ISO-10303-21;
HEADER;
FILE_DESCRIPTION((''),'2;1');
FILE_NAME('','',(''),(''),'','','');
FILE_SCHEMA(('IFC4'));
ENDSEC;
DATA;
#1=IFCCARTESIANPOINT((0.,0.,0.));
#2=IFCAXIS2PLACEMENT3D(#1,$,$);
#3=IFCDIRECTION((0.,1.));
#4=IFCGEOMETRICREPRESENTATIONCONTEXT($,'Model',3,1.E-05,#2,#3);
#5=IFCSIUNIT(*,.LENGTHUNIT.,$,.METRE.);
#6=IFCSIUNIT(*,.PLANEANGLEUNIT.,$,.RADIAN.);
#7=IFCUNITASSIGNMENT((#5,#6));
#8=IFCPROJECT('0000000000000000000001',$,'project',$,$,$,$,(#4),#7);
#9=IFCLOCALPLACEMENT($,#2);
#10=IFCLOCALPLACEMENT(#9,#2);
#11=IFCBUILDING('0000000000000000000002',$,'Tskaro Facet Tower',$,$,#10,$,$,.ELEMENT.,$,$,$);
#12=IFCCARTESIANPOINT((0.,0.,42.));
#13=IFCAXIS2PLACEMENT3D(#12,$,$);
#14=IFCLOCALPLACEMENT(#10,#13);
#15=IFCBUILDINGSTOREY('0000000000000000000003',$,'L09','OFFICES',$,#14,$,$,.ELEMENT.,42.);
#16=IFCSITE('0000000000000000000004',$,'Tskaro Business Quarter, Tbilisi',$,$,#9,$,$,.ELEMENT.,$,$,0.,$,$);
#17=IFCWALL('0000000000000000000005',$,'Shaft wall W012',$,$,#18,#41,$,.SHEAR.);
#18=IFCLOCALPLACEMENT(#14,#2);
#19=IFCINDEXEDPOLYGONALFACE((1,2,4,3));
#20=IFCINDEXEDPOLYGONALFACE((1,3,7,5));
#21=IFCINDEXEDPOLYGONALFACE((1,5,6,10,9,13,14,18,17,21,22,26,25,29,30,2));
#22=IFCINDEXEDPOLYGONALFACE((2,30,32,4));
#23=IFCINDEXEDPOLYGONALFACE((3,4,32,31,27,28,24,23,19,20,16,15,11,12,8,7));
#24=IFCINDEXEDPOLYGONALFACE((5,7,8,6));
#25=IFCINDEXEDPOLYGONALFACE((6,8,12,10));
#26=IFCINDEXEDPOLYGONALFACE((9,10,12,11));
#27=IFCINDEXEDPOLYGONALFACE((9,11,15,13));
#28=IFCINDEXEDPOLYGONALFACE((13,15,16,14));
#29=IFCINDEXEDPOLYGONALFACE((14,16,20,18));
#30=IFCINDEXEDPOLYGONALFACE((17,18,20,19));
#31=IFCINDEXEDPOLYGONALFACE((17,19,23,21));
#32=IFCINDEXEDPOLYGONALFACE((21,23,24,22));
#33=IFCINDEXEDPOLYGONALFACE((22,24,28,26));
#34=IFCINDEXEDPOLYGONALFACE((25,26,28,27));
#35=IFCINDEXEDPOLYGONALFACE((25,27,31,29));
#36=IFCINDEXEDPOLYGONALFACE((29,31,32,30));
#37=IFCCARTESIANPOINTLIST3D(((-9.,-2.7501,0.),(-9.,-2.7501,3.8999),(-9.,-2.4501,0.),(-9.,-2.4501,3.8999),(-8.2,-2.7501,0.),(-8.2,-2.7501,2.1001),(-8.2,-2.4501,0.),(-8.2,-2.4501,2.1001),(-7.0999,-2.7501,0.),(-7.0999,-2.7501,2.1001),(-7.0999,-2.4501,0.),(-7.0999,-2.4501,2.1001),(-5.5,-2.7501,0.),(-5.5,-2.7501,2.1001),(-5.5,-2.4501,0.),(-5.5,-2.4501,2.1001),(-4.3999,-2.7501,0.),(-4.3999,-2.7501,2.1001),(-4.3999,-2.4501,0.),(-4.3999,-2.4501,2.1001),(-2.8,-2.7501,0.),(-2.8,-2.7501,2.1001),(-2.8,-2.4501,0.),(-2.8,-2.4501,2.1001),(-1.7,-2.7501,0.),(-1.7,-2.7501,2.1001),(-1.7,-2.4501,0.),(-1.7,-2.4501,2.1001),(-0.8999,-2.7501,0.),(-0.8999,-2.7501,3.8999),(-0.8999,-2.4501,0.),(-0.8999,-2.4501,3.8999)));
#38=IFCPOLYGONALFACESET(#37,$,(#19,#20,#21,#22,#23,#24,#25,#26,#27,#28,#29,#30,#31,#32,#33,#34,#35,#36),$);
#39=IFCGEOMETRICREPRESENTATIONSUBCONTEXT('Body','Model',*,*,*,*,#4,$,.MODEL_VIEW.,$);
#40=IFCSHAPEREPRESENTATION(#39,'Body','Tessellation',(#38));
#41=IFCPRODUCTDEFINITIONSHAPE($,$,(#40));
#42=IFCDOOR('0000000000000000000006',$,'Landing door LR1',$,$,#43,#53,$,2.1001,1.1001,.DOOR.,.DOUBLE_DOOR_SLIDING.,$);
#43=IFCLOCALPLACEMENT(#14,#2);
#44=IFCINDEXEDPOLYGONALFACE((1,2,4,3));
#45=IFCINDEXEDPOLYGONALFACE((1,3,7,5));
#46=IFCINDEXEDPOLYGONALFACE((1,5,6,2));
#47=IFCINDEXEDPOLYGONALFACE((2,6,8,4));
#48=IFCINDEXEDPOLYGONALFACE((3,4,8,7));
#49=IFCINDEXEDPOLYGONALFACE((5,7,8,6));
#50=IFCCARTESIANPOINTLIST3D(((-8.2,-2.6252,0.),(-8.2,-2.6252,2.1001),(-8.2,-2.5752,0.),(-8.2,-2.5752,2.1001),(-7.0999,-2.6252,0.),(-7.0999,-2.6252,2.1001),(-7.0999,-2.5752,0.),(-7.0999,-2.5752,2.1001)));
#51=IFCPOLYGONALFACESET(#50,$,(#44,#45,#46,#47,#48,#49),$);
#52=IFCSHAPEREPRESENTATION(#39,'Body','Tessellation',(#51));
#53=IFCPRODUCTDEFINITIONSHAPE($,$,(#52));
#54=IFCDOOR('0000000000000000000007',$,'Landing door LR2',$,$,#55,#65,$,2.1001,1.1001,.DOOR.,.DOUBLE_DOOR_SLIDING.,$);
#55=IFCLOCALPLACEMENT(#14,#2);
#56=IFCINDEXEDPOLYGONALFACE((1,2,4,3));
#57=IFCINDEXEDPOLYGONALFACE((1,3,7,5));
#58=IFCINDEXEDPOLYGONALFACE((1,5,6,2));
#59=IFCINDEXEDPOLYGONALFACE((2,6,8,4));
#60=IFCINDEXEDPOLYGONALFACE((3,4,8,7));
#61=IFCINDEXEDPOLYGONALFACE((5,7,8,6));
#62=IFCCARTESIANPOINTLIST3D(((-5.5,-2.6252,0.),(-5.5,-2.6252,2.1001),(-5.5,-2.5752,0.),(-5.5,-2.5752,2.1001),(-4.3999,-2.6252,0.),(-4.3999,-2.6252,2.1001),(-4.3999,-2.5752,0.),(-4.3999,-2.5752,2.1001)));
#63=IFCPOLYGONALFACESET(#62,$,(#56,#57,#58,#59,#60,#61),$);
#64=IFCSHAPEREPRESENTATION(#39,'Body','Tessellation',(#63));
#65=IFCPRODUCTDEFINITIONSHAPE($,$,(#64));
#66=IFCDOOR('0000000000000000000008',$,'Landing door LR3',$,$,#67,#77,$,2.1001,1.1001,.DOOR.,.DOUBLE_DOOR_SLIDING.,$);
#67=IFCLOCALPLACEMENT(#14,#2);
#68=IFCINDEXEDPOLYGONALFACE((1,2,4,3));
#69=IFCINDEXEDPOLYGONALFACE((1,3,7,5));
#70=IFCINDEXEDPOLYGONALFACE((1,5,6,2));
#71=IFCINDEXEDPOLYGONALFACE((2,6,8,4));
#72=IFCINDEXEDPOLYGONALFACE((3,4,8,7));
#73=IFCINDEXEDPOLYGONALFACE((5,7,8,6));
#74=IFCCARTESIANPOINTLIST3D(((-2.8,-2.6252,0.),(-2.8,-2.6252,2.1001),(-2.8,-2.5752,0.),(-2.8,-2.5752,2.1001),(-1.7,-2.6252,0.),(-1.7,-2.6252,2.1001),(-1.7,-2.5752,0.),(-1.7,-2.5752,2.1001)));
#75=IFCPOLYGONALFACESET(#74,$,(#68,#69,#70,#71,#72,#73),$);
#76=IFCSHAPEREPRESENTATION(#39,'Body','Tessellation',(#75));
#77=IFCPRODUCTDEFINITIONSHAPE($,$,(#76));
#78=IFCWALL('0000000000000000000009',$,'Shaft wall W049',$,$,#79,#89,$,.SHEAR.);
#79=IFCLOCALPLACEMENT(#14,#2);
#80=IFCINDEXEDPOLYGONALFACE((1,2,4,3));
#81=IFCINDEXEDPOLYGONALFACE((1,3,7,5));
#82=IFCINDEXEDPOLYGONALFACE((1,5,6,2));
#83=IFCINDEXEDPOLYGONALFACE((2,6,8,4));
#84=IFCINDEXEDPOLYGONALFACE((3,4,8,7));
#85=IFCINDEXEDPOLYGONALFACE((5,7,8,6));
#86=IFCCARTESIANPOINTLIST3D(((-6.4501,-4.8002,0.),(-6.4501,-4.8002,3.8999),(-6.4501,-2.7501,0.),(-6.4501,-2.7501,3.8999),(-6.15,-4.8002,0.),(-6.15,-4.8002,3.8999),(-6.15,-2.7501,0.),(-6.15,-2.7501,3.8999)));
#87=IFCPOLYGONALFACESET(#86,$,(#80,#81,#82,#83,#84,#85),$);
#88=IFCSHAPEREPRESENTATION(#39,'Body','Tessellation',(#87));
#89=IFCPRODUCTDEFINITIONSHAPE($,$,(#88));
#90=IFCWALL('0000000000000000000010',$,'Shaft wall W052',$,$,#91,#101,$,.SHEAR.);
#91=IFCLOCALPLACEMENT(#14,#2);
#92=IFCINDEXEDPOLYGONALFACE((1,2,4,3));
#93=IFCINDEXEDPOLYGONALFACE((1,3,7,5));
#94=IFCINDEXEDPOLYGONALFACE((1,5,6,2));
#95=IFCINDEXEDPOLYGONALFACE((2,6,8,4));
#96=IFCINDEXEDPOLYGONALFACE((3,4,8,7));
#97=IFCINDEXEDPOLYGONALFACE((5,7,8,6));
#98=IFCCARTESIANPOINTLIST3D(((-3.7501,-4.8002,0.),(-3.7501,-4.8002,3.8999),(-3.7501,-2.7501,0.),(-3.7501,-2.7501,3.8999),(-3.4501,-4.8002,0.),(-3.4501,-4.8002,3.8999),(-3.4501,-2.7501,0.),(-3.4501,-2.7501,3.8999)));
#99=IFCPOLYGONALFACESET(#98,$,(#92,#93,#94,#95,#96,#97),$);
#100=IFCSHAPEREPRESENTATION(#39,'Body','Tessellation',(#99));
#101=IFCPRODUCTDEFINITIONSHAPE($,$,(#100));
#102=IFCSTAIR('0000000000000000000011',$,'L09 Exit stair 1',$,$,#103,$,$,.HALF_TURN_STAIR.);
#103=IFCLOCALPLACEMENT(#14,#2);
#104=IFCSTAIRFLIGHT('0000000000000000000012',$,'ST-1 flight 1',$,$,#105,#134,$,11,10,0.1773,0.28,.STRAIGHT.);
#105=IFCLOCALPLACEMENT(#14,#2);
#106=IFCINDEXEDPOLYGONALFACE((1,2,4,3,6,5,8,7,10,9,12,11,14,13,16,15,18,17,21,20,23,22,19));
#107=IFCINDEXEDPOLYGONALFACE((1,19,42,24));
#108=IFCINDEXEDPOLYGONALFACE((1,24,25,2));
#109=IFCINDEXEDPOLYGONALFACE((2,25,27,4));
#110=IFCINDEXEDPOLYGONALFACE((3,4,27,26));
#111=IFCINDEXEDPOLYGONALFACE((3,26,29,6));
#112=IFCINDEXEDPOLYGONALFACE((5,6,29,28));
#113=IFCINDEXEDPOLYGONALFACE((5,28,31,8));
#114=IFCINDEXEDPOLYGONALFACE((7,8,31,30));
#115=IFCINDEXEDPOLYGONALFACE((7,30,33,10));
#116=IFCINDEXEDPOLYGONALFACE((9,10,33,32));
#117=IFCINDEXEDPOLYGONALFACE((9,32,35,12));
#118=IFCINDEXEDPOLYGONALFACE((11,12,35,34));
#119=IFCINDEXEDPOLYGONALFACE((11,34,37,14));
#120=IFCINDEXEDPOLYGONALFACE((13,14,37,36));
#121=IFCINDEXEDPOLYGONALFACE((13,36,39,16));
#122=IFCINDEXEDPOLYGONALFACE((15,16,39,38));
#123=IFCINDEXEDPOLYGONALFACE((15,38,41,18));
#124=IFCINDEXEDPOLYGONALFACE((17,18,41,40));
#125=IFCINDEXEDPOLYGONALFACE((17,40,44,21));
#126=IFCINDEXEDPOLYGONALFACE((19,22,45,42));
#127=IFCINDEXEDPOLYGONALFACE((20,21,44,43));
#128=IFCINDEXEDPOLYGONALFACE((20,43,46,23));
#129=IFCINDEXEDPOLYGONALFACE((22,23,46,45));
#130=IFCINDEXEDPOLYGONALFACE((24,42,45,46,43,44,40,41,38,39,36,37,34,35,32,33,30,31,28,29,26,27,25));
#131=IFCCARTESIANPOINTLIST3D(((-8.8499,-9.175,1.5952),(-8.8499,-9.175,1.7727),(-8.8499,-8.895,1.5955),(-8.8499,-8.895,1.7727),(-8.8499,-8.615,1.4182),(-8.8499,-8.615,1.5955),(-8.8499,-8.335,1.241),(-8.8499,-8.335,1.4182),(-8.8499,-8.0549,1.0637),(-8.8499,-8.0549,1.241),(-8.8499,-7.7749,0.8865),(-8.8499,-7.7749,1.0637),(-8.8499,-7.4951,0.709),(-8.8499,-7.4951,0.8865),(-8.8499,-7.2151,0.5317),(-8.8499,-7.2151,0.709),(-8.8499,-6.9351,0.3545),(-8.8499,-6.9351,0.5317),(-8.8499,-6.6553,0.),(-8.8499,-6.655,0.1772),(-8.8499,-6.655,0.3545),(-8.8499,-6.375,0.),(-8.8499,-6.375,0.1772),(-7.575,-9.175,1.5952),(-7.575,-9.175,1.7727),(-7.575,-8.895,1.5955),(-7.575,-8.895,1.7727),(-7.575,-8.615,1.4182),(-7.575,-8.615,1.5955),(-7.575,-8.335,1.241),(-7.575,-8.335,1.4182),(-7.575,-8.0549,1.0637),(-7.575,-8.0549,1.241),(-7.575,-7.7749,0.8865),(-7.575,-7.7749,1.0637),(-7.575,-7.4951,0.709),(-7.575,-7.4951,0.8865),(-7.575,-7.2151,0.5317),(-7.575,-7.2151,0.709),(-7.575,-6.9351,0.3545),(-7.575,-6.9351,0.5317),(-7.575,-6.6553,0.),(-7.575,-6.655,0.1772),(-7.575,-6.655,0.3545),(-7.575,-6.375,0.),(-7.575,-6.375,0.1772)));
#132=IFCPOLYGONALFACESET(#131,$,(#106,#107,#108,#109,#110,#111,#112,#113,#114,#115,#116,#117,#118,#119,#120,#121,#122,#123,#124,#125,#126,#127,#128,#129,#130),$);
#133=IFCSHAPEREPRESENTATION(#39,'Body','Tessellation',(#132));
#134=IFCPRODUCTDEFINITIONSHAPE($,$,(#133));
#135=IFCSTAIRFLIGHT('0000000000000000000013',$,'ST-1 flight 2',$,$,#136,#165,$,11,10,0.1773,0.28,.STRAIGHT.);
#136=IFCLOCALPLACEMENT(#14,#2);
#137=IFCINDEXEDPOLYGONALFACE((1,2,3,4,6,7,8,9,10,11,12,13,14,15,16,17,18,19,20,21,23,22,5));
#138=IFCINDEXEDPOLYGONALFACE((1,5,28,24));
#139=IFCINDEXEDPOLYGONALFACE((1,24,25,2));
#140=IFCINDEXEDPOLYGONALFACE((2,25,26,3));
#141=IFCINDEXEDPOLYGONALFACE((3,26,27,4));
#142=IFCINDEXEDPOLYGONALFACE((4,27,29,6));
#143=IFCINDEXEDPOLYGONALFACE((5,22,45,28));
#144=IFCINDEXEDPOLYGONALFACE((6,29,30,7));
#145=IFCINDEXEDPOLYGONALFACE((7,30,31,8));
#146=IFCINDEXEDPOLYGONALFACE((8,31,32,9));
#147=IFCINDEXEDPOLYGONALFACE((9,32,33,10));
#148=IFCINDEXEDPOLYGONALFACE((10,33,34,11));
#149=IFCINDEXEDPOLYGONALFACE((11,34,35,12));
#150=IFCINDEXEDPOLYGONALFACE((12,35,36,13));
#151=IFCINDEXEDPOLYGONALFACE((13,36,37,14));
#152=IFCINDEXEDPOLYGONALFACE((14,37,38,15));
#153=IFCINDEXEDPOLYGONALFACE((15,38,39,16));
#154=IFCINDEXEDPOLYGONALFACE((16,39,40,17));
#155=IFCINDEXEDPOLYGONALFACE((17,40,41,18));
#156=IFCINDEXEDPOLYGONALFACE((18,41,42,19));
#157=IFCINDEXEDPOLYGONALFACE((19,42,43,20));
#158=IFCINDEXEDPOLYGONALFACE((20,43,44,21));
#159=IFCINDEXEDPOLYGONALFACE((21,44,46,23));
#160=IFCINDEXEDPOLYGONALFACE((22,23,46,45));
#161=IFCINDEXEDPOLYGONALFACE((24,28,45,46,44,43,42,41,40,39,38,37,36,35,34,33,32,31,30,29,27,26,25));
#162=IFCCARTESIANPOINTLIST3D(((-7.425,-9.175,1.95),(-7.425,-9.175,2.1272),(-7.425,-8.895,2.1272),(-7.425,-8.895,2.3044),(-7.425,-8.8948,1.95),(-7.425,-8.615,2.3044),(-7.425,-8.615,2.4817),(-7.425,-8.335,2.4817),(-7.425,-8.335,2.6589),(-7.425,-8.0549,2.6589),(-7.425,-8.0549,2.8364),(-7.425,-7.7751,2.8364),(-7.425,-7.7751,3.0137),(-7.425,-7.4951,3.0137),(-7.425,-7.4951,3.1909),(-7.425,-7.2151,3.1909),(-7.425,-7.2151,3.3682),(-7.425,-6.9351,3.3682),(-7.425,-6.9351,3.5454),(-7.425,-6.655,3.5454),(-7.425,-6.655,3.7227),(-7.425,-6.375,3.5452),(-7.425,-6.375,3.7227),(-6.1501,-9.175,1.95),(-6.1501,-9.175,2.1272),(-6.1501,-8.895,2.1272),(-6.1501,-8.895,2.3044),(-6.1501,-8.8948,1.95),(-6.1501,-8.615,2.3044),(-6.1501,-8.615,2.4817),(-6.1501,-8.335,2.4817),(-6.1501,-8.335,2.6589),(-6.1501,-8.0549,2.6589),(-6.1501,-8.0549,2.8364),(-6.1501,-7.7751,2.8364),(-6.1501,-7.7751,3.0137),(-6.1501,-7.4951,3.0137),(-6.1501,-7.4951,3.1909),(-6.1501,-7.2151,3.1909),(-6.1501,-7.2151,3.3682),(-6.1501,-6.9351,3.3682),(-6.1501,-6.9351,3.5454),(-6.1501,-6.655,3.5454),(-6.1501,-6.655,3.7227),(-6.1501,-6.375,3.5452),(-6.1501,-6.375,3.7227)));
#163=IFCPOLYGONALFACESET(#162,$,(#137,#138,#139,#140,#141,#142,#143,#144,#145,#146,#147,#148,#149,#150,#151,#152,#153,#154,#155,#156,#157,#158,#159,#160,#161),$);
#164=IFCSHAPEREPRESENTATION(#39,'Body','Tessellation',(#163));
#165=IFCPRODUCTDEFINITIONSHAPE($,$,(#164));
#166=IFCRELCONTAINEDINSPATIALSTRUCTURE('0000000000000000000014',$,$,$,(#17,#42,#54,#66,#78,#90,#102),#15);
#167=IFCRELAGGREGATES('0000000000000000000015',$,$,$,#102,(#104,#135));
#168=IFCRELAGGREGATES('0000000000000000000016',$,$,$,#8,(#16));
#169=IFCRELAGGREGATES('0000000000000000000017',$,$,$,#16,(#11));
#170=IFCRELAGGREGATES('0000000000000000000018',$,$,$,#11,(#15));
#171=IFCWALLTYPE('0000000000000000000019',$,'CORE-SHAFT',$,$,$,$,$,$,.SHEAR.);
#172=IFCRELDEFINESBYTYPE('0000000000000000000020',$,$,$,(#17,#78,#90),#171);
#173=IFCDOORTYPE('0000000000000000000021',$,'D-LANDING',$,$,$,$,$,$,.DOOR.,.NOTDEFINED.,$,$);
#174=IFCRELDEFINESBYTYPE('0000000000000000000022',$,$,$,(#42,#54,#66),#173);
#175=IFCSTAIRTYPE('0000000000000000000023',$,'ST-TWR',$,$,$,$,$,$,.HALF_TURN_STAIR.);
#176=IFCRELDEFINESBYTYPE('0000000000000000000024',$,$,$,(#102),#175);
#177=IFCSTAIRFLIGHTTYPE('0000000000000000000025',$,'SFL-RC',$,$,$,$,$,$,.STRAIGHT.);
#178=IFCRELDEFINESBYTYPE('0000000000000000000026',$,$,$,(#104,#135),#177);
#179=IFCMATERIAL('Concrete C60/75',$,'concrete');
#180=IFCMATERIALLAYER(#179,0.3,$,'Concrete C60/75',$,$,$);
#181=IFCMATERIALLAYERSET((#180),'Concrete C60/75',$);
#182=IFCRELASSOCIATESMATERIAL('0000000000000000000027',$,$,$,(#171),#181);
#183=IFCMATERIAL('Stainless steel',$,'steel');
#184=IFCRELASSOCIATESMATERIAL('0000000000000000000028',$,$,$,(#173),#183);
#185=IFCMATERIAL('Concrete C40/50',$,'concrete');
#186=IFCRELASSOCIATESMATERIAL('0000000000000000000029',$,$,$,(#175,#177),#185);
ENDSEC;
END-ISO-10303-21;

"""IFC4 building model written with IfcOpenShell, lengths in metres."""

from ifc_helpers import new_model, si_unit, direction, frame, frame_2d, origin, place, context, subcontext, project, spatial, polyline, rectangle, outline, extrude, material, layer, layer_set, type_object, element, fill, aggregate, save


model = new_model("IFC4")

# Units and contexts
model_context = context("Model", 3, precision=1e-05, world=origin(), true_north=direction((0.0, 1.0)))
body_context = subcontext(model_context, "Body", "Model", "MODEL_VIEW")
ifc_project = project(units=[si_unit("LENGTHUNIT", "METRE"), si_unit("PLANEANGLEUNIT", "RADIAN")], contexts=[model_context])

# Site, building, storey
site_placement = place(None, origin())
site = spatial("IfcSite", under=ifc_project, at=site_placement, Name="Tskaro Business Quarter, Tbilisi", CompositionType="ELEMENT", RefElevation=0.0)
building_placement = place(site_placement, origin())
building = spatial("IfcBuilding", under=site, at=building_placement, Name="Tskaro Facet Tower", CompositionType="ELEMENT")
storey_placement = place(building_placement, frame((0.0, 0.0, 42.0)))
storey = spatial("IfcBuildingStorey", under=building, at=storey_placement, Name="L09", Description="OFFICES", CompositionType="ELEMENT", Elevation=42.0)

# Shared definitions
ifc_material_1 = material(Name="Concrete C60/75", Category="concrete")
ifc_layer = layer(ifc_material_1, 0.3, Name="Concrete C60/75")
ifc_layer_set = layer_set([ifc_layer], Name="Concrete C60/75")
wall_type = type_object("IfcWallType", Name="CORE-SHAFT", PredefinedType="SHEAR", material=ifc_layer_set)

# Shared definitions
ifc_material_2 = material(Name="Stainless steel", Category="steel")
door_type = type_object("IfcDoorType", Name="D-LANDING", OperationType="NOTDEFINED", PredefinedType="DOOR", material=ifc_material_2)

# Wall, openings, doors
wall_1_placement = place(storey_placement, frame((-9.0, -2.6001, 0.0), z_axis=(0.0, 0.0, 1.0), x_axis=(1.0, 0.0, 0.0)))
wall_1 = element("IfcWall", 1, at=wall_1_placement, inside=storey, type_object=wall_type, Name="Shaft wall W012", PredefinedType="SHEAR", context=body_context, shape_type="SweptSolid", body=[
    extrude(rectangle(XDim=8.1001, YDim=0.3, at=frame_2d((4.05, 0.0))), origin(), (0.0, 0.0, 1.0), 3.8999),
])
opening_1_placement = place(wall_1_placement, frame((0.8, 0.0, 0.0)))
opening_1 = element("IfcOpeningElement", 2, at=opening_1_placement, cuts=wall_1, PredefinedType="OPENING", context=body_context, shape_type="SweptSolid", body=[
    extrude(rectangle(XDim=1.1001, YDim=2.1001, at=frame_2d((0.55, 1.05))), frame((0.0, 0.1599, 0.0), z_axis=(0.0, -1.0, 0.0), x_axis=(1.0, 0.0, 0.0)), (0.0, 0.0, 1.0), 0.3201),
])
opening_2_placement = place(wall_1_placement, frame((3.5, 0.0, 0.0)))
opening_2 = element("IfcOpeningElement", 3, at=opening_2_placement, cuts=wall_1, PredefinedType="OPENING", context=body_context, shape_type="SweptSolid", body=[
    extrude(rectangle(XDim=1.1001, YDim=2.1001, at=frame_2d((0.55, 1.05))), frame((0.0, 0.1599, 0.0), z_axis=(0.0, -1.0, 0.0), x_axis=(1.0, 0.0, 0.0)), (0.0, 0.0, 1.0), 0.3201),
])
opening_3_placement = place(wall_1_placement, frame((6.2, 0.0, 0.0)))
opening_3 = element("IfcOpeningElement", 4, at=opening_3_placement, cuts=wall_1, PredefinedType="OPENING", context=body_context, shape_type="SweptSolid", body=[
    extrude(rectangle(XDim=1.1001, YDim=2.1001, at=frame_2d((0.55, 1.05))), frame((0.0, 0.1599, 0.0), z_axis=(0.0, -1.0, 0.0), x_axis=(1.0, 0.0, 0.0)), (0.0, 0.0, 1.0), 0.3201),
])
door_1_placement = place(opening_1_placement, origin())
door_1 = element("IfcDoor", 5, at=door_1_placement, inside=storey, type_object=door_type, Name="Landing door LR1", OperationType="DOUBLE_DOOR_SLIDING", OverallHeight=2.1001, OverallWidth=1.1001, PredefinedType="DOOR", context=body_context, shape_type="SweptSolid", body=[
    extrude(rectangle(XDim=1.1001, YDim=2.1001, at=frame_2d((0.55, 1.05))), frame((0.0, 0.0249, 0.0), z_axis=(0.0, -1.0, 0.0), x_axis=(1.0, 0.0, 0.0)), (0.0, 0.0, 1.0), 0.05),
])
fill(opening_1, door_1)
door_2_placement = place(opening_2_placement, origin())
door_2 = element("IfcDoor", 6, at=door_2_placement, inside=storey, type_object=door_type, Name="Landing door LR2", OperationType="DOUBLE_DOOR_SLIDING", OverallHeight=2.1001, OverallWidth=1.1001, PredefinedType="DOOR", context=body_context, shape_type="SweptSolid", body=[
    extrude(rectangle(XDim=1.1001, YDim=2.1001, at=frame_2d((0.55, 1.05))), frame((0.0, 0.0249, 0.0), z_axis=(0.0, -1.0, 0.0), x_axis=(1.0, 0.0, 0.0)), (0.0, 0.0, 1.0), 0.05),
])
fill(opening_2, door_2)
door_3_placement = place(opening_3_placement, origin())
door_3 = element("IfcDoor", 7, at=door_3_placement, inside=storey, type_object=door_type, Name="Landing door LR3", OperationType="DOUBLE_DOOR_SLIDING", OverallHeight=2.1001, OverallWidth=1.1001, PredefinedType="DOOR", context=body_context, shape_type="SweptSolid", body=[
    extrude(rectangle(XDim=1.1001, YDim=2.1001, at=frame_2d((0.55, 1.05))), frame((0.0, 0.0249, 0.0), z_axis=(0.0, -1.0, 0.0), x_axis=(1.0, 0.0, 0.0)), (0.0, 0.0, 1.0), 0.05),
])
fill(opening_3, door_3)

# Walls
for number, where, z_axis, x_axis, name in (
    (8, (-6.3, -4.8, 0.0), (0.0, 0.0, 1.0), (0.0, 1.0, 0.0), "Shaft wall W049"),
    (9, (-3.6001, -4.8, 0.0), (0.0, 0.0, 1.0), (0.0, 1.0, 0.0), "Shaft wall W052"),
):
    element("IfcWall", number, at=place(storey_placement, frame(where, z_axis=z_axis, x_axis=x_axis)), inside=storey, type_object=wall_type, Name=name, PredefinedType="SHEAR", context=body_context, shape_type="SweptSolid", body=[
        extrude(rectangle(XDim=2.05, YDim=0.3, at=frame_2d((1.0249, 0.0))), origin(), (0.0, 0.0, 1.0), 3.8999),
    ])

# Stair, stair flights
ifc_material_3 = material(Name="Concrete C40/50", Category="concrete")
stair_type = type_object("IfcStairType", Name="ST-TWR", PredefinedType="HALF_TURN_STAIR", material=ifc_material_3)
stair_placement = place(storey_placement, origin())
stair = element("IfcStair", 10, at=stair_placement, inside=storey, type_object=stair_type, Name="L09 Exit stair 1", PredefinedType="HALF_TURN_STAIR")
stair_flight_type = type_object("IfcStairFlightType", Name="SFL-RC", PredefinedType="STRAIGHT", material=ifc_material_3)
stair_flight_1_placement = place(storey_placement, frame((-8.2124, -6.375, 0.0), z_axis=(0.0, 0.0, 1.0), x_axis=(0.0, -1.0, 0.0)))
stair_flight_1 = element("IfcStairFlight", 11, at=stair_flight_1_placement, type_object=stair_flight_type, Name="ST-1 flight 1", NumberOfRisers=11, NumberOfTreads=10, PredefinedType="STRAIGHT", RiserHeight=0.1773, TreadLength=0.28, context=body_context, shape_type="SweptSolid", body=[
    extrude(outline(polyline([(0.0, 0.0), (0.0, 0.1772), (0.28, 0.1772), (0.28, 0.3545), (0.5601, 0.3545), (0.5601, 0.5317), (0.8401, 0.5317), (0.8401, 0.709), (1.1201, 0.709), (1.1201, 0.8865), (1.3999, 0.8865), (1.3999, 1.0637), (1.6799, 1.0637), (1.6799, 1.241), (1.96, 1.241), (1.96, 1.4182), (2.24, 1.4182), (2.24, 1.5955), (2.52, 1.5955), (2.52, 1.7727), (2.8, 1.7727), (2.8, 1.95), (2.8, 1.5952), (0.2803, 0.0), (0.0, 0.0)])), frame((0.0, 0.6375, 0.0), z_axis=(0.0, -1.0, 0.0), x_axis=(1.0, 0.0, 0.0)), (0.0, 0.0, 1.0), 1.2749),
])
stair_flight_2_placement = place(storey_placement, frame((-6.7876, -9.175, 1.95), z_axis=(0.0, 0.0, 1.0), x_axis=(0.0, 1.0, 0.0)))
stair_flight_2 = element("IfcStairFlight", 12, at=stair_flight_2_placement, type_object=stair_flight_type, Name="ST-1 flight 2", NumberOfRisers=11, NumberOfTreads=10, PredefinedType="STRAIGHT", RiserHeight=0.1773, TreadLength=0.28, context=body_context, shape_type="SweptSolid", body=[
    extrude(outline(polyline([(0.0, 0.0), (0.0, 0.1772), (0.28, 0.1772), (0.28, 0.3545), (0.5601, 0.3545), (0.5601, 0.5317), (0.8401, 0.5317), (0.8401, 0.709), (1.1201, 0.709), (1.1201, 0.8865), (1.3999, 0.8865), (1.3999, 1.0637), (1.6799, 1.0637), (1.6799, 1.241), (1.96, 1.241), (1.96, 1.4182), (2.24, 1.4182), (2.24, 1.5955), (2.52, 1.5955), (2.52, 1.7727), (2.8, 1.7727), (2.8, 1.95), (2.8, 1.5952), (0.2803, 0.0), (0.0, 0.0)])), frame((0.0, 0.6375, 0.0), z_axis=(0.0, -1.0, 0.0), x_axis=(1.0, 0.0, 0.0)), (0.0, 0.0, 1.0), 1.2749),
])
aggregate(stair, [stair_flight_1, stair_flight_2])

save(model, "model.ifc")
